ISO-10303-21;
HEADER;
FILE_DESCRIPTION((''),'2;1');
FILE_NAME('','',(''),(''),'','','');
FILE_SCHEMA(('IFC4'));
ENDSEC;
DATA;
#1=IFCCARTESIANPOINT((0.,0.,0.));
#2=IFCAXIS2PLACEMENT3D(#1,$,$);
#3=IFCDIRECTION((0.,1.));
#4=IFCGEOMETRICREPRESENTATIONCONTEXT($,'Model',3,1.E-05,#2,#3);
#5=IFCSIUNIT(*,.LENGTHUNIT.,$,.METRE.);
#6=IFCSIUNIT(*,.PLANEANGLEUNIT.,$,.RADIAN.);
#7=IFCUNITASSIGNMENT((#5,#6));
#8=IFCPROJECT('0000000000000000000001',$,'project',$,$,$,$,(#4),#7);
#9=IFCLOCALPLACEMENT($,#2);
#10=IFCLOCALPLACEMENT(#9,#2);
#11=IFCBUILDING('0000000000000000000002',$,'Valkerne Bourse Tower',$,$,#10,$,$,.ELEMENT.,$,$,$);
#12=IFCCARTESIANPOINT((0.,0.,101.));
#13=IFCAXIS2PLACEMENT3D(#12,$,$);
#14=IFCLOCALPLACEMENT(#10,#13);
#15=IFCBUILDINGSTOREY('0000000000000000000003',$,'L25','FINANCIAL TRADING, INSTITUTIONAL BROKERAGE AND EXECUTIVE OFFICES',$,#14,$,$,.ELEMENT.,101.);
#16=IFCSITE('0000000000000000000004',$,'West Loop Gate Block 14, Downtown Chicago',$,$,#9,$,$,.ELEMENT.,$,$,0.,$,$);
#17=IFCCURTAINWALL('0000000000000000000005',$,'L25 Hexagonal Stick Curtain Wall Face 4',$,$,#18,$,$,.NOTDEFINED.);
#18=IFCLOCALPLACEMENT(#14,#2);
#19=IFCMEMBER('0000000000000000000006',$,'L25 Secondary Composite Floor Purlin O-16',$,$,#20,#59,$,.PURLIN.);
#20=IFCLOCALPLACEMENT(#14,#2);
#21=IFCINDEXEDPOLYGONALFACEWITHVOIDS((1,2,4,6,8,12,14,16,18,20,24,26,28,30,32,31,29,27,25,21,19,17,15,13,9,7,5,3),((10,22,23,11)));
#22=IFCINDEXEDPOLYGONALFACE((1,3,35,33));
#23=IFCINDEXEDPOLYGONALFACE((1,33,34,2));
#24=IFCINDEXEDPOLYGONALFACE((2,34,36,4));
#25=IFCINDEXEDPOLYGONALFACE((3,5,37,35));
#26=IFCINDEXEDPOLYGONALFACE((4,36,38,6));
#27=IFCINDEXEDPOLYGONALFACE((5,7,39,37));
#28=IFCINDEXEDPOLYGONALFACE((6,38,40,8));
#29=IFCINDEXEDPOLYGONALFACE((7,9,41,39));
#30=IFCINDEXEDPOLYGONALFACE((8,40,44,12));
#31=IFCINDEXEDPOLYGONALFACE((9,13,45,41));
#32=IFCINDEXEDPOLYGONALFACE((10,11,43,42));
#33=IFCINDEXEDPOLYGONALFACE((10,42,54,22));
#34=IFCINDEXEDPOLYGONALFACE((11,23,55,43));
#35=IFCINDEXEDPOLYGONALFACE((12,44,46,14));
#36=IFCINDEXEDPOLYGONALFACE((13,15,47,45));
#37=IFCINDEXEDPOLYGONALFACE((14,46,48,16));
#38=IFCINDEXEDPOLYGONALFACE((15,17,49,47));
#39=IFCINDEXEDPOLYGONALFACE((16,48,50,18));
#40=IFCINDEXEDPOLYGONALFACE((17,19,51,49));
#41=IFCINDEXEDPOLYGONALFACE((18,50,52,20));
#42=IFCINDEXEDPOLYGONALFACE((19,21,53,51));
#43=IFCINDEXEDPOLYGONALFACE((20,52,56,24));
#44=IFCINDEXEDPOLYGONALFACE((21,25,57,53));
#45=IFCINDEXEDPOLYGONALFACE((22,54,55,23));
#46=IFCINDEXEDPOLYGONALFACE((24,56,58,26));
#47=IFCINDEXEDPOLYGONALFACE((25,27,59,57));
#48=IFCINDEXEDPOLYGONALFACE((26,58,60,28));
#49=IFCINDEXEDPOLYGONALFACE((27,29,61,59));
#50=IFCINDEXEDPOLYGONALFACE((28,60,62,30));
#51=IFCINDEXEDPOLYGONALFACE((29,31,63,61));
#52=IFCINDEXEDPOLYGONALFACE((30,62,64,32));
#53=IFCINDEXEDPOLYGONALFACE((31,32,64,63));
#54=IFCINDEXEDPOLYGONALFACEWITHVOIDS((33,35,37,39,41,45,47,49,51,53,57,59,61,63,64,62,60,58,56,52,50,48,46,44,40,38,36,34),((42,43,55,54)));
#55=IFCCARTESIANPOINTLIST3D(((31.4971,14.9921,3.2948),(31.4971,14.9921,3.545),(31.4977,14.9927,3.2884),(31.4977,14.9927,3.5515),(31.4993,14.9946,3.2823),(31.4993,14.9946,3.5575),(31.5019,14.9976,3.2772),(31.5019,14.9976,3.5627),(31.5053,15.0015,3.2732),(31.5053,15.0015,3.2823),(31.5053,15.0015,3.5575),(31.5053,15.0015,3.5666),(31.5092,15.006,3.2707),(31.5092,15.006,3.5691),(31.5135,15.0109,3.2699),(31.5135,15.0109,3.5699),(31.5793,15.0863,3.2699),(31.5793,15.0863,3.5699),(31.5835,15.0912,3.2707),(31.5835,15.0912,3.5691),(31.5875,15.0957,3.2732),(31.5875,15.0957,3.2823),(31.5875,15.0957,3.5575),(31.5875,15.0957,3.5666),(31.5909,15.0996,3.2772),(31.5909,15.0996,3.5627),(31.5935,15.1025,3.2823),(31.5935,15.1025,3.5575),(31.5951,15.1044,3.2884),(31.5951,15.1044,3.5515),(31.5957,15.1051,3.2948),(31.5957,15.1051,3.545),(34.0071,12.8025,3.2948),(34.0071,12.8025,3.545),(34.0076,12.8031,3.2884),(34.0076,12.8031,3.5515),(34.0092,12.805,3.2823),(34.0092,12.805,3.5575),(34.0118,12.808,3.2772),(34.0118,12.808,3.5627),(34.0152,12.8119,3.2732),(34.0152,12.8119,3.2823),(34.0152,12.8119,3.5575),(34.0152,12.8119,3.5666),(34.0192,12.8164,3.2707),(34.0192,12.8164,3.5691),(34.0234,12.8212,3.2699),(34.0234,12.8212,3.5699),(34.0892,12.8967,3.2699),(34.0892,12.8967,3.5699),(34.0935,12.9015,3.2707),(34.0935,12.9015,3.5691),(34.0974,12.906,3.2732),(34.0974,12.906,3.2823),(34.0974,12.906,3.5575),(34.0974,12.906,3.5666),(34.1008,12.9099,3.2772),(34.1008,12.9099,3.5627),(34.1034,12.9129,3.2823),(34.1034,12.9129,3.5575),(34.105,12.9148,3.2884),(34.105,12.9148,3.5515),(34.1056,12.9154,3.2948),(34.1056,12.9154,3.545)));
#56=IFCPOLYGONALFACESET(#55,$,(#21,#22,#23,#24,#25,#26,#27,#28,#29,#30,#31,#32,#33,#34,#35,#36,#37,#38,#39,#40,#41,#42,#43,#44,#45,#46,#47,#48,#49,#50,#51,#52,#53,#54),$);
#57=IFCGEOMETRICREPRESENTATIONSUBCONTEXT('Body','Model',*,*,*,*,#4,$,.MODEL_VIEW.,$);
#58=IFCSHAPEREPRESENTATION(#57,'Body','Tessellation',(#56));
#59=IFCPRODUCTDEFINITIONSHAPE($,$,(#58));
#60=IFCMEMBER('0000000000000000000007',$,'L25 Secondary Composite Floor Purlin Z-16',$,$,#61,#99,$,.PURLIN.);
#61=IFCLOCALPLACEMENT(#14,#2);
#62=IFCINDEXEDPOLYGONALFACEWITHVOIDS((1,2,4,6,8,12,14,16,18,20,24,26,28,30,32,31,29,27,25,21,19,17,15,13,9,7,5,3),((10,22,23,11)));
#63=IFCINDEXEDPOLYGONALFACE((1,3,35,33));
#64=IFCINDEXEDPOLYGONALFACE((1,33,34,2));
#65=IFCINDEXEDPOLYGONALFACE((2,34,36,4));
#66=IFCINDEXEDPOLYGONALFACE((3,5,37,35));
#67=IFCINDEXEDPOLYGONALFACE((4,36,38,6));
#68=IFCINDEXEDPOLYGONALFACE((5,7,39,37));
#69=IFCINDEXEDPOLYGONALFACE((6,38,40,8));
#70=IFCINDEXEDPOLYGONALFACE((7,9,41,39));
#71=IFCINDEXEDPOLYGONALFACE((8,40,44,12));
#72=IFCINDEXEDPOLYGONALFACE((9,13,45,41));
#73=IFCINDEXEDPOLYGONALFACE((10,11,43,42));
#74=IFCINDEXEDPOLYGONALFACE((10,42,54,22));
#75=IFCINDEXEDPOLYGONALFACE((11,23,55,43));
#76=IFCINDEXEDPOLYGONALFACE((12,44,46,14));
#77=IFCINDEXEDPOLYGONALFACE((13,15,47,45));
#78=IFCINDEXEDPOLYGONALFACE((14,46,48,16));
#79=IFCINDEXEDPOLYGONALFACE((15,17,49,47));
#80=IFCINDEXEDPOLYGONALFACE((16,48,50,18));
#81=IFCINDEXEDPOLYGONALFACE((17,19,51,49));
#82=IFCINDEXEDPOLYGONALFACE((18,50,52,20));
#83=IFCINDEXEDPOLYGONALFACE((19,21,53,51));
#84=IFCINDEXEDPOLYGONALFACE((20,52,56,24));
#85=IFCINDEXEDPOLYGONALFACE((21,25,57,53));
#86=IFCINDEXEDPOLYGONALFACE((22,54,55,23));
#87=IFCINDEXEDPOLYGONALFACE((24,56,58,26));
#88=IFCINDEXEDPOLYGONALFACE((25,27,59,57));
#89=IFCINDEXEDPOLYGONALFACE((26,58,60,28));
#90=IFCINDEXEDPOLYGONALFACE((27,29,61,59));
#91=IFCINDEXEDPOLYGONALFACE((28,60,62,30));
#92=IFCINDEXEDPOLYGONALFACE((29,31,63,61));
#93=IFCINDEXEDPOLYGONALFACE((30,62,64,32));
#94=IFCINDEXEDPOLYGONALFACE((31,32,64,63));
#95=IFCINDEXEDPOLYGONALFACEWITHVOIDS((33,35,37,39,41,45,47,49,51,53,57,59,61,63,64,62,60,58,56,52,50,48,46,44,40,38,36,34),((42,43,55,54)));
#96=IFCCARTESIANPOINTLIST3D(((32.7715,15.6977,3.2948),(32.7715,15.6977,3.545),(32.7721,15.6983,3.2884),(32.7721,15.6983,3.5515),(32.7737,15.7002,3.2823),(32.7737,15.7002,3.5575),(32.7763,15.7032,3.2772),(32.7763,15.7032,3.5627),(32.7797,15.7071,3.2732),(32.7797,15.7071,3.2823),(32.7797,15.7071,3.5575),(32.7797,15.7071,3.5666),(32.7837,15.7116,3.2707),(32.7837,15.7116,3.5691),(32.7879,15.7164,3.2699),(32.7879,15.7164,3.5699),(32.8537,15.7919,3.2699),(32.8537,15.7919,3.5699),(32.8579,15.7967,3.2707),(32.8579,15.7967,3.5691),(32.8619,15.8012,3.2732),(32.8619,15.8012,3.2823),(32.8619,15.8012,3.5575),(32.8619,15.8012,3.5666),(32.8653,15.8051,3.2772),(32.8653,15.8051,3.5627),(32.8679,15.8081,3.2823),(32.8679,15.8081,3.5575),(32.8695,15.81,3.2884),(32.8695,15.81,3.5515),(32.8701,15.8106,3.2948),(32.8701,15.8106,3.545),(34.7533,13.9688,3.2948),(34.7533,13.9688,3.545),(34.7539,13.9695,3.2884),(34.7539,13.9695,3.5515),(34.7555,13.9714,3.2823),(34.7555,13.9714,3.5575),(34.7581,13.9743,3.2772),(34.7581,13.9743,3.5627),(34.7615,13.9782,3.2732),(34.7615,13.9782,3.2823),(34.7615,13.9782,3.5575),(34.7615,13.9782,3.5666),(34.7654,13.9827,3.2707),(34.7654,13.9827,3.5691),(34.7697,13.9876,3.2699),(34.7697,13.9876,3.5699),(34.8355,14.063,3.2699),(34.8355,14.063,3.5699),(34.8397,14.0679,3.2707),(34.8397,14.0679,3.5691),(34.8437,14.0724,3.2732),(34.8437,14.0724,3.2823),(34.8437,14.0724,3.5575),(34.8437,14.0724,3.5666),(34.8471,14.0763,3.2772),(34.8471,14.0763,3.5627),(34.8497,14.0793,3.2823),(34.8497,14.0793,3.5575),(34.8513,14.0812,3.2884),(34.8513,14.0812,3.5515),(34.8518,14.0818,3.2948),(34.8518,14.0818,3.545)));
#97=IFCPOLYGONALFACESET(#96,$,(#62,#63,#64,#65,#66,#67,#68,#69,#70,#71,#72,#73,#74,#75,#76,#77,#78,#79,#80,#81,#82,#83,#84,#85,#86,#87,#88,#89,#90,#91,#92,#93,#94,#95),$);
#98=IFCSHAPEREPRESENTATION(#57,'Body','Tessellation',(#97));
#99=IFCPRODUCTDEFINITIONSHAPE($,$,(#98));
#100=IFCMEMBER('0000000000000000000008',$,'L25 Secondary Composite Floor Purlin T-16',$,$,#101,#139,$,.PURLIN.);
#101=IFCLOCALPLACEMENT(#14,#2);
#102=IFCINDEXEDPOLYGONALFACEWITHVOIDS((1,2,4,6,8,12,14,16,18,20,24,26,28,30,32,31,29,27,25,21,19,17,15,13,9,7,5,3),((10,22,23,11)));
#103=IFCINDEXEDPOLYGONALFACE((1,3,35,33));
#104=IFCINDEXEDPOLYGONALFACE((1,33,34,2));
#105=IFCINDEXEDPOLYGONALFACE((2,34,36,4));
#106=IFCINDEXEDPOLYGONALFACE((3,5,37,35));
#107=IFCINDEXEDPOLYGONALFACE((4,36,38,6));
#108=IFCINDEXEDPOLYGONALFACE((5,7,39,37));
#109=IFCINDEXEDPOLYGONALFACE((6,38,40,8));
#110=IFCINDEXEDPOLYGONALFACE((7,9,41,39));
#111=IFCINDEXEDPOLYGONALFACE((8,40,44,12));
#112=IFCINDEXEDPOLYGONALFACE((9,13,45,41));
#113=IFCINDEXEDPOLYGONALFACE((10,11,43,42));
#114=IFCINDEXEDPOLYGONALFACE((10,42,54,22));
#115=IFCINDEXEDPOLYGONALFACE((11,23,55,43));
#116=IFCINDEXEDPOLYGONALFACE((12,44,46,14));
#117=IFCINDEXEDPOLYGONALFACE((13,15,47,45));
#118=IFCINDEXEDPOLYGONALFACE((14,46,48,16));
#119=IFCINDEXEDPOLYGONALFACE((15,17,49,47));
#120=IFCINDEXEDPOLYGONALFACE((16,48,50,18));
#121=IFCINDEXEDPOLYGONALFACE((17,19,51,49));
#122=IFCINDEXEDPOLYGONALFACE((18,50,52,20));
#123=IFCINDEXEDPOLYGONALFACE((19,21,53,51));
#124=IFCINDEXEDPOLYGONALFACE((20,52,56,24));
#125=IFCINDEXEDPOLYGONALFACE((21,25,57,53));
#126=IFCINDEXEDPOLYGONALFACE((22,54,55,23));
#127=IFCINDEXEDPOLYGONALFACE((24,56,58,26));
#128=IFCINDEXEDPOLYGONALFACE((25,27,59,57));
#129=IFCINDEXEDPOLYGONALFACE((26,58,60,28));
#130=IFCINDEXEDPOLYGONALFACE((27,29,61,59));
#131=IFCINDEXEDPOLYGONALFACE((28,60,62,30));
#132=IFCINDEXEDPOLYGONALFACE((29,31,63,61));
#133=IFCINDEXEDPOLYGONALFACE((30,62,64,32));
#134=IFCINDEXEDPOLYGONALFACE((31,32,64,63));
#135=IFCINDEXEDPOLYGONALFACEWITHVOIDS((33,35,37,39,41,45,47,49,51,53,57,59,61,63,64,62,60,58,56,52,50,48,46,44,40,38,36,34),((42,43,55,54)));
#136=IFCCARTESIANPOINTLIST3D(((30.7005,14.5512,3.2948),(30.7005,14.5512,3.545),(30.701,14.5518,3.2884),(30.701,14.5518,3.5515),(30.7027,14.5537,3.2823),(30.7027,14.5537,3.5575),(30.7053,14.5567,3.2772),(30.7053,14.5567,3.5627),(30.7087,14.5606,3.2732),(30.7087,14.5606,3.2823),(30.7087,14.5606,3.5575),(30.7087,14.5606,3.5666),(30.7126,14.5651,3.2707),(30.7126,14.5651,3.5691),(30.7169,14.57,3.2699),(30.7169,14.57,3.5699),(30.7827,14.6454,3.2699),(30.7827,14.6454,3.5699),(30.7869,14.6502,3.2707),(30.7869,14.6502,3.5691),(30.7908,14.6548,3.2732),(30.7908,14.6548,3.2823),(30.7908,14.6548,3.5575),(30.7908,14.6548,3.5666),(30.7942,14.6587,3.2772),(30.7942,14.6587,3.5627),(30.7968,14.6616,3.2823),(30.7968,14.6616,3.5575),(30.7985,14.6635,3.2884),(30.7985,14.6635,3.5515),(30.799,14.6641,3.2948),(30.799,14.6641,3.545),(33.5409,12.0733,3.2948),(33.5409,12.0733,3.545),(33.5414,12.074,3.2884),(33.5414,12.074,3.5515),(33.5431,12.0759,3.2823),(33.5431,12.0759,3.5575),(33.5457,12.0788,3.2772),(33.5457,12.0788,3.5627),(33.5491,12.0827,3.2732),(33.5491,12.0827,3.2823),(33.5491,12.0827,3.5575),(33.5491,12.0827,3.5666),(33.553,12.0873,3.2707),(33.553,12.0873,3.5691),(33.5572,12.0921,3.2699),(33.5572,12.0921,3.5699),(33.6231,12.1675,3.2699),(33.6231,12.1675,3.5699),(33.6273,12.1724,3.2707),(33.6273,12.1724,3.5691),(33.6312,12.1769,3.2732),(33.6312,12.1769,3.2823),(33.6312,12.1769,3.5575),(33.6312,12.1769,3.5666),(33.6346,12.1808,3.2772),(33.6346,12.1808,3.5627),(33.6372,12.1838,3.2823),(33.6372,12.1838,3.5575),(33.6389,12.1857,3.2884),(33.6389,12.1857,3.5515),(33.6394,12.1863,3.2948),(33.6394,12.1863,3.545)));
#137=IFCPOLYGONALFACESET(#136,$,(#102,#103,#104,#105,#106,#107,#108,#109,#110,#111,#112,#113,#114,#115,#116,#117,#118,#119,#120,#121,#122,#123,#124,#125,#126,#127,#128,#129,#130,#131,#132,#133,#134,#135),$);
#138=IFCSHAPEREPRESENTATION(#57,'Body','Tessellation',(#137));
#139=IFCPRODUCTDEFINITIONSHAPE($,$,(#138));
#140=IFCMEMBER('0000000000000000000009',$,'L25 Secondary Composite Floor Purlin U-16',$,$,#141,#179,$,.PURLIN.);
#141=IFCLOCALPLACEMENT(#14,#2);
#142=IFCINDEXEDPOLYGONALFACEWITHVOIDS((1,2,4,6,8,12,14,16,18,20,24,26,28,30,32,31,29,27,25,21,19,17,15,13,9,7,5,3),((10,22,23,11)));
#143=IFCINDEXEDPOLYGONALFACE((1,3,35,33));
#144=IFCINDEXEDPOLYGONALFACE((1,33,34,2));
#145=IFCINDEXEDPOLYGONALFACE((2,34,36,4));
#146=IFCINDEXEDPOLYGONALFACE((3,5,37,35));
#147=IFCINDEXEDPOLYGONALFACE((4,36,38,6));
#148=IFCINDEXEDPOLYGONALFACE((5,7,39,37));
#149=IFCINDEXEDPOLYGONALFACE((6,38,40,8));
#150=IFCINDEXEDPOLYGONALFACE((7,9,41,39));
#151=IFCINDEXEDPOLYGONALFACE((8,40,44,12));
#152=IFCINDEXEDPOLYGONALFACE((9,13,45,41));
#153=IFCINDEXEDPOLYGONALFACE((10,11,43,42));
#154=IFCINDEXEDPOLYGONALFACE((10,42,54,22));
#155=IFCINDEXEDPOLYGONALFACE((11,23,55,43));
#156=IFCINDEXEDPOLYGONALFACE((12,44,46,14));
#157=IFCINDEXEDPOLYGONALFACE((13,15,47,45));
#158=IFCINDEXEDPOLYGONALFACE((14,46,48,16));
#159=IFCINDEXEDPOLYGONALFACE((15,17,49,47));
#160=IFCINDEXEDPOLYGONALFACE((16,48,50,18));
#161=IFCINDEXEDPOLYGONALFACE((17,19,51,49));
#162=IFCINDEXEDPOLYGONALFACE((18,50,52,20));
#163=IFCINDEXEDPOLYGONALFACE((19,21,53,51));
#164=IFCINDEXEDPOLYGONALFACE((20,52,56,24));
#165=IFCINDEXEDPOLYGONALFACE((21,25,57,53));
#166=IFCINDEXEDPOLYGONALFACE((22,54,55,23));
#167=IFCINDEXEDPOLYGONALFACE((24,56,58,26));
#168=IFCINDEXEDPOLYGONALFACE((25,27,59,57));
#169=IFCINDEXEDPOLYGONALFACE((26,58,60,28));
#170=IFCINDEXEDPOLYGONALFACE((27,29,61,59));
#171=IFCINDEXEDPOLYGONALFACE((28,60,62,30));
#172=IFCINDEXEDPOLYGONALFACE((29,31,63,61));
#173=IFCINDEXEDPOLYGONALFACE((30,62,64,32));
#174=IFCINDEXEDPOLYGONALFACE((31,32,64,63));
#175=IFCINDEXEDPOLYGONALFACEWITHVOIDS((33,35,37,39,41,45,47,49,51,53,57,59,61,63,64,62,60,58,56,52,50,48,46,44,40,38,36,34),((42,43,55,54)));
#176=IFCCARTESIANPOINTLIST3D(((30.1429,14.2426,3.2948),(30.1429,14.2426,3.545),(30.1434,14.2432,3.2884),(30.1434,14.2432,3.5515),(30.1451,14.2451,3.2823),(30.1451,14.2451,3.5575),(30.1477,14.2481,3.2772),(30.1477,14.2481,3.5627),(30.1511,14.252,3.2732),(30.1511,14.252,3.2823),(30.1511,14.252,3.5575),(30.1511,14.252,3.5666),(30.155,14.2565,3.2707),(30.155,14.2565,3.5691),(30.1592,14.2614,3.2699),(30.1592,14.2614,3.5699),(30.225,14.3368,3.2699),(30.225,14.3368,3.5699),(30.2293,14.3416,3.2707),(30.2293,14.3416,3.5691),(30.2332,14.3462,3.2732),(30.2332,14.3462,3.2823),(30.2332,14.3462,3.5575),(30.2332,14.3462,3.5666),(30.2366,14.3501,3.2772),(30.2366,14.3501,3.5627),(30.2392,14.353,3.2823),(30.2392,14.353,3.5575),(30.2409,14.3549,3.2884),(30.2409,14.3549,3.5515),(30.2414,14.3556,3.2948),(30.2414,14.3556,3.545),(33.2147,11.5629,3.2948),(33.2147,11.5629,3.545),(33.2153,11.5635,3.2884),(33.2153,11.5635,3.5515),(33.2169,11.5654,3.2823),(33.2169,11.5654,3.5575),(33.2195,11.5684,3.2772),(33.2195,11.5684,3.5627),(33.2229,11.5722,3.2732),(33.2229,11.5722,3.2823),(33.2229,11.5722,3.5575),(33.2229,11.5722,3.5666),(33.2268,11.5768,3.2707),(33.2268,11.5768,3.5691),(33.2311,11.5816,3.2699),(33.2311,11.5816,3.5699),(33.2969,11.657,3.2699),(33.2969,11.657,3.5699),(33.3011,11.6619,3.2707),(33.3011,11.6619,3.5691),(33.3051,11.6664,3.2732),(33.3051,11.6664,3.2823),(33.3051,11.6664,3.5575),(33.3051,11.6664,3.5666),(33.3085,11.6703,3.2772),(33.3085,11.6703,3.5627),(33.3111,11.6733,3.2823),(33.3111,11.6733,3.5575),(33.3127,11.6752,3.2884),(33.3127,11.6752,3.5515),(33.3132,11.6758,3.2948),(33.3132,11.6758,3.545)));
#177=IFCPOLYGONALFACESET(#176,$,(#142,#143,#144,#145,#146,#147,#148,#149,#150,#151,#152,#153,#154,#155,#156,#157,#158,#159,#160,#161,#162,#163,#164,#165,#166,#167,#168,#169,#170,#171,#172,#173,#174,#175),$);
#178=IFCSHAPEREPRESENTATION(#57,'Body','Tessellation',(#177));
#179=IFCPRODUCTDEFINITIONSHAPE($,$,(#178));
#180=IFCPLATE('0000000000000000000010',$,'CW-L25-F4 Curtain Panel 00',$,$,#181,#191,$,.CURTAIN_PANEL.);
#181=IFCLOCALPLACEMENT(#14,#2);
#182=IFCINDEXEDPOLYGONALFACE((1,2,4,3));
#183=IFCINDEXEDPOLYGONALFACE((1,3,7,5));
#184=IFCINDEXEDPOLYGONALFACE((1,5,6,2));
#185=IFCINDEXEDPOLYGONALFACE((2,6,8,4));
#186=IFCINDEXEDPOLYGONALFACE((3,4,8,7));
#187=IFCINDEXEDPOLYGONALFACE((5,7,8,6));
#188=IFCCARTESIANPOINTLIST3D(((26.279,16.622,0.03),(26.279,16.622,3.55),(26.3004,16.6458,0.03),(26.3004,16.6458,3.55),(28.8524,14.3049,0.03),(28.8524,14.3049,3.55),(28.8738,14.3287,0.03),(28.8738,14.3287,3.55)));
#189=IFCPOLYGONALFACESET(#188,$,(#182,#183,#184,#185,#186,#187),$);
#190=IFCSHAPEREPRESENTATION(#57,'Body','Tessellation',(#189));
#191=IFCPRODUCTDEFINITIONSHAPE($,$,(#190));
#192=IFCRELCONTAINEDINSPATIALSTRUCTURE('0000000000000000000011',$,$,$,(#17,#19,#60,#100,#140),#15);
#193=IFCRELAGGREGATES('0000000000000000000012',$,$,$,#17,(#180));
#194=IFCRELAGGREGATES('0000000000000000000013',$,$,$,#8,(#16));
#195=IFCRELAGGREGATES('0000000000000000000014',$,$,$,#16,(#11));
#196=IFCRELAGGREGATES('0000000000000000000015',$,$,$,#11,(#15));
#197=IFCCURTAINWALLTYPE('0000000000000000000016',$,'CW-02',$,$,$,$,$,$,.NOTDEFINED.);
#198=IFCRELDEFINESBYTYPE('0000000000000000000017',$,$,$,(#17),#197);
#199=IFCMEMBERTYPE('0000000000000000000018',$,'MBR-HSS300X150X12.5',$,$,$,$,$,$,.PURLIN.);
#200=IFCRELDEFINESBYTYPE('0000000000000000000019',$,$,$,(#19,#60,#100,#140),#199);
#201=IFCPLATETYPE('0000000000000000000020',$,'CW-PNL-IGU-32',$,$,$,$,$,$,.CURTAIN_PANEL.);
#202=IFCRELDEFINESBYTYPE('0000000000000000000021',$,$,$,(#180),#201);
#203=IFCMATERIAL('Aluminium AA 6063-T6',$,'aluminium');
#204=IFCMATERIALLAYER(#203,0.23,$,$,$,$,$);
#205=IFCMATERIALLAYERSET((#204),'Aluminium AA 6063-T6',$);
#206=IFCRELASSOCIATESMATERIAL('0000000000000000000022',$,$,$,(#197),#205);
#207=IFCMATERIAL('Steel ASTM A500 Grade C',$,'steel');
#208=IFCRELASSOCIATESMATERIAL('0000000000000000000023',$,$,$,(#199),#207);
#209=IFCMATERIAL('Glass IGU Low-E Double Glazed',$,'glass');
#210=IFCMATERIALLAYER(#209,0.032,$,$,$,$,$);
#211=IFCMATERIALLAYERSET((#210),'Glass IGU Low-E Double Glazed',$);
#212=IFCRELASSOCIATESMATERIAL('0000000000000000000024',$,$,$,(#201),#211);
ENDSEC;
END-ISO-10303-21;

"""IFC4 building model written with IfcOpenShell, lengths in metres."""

from ifc_helpers import new_model, si_unit, direction, frame, origin, origin_2d, place, context, subcontext, project, spatial, rectangle, hollow_rectangle, extrude, material, layer, layer_set, material_profile, profile_set, type_object, element, aggregate, save


model = new_model("IFC4")

# Units and contexts
model_context = context("Model", 3, precision=1e-05, world=origin(), true_north=direction((0.0, 1.0)))
body_context = subcontext(model_context, "Body", "Model", "MODEL_VIEW")
ifc_project = project(units=[si_unit("LENGTHUNIT", "METRE"), si_unit("PLANEANGLEUNIT", "RADIAN")], contexts=[model_context])

# Site, building, storey
site_placement = place(None, origin())
site = spatial("IfcSite", under=ifc_project, at=site_placement, Name="West Loop Gate Block 14, Downtown Chicago", CompositionType="ELEMENT", RefElevation=0.0)
building_placement = place(site_placement, origin())
building = spatial("IfcBuilding", under=site, at=building_placement, Name="Valkerne Bourse Tower", CompositionType="ELEMENT")
storey_placement = place(building_placement, frame((0.0, 0.0, 101.0)))
storey = spatial("IfcBuildingStorey", under=building, at=storey_placement, Name="L25", Description="FINANCIAL TRADING, INSTITUTIONAL BROKERAGE AND EXECUTIVE OFFICES", CompositionType="ELEMENT", Elevation=101.0)

# Curtain wall
ifc_material_1 = material(Name="Aluminium AA 6063-T6", Category="aluminium")
ifc_layer_1 = layer(ifc_material_1, 0.23)
ifc_layer_set_1 = layer_set([ifc_layer_1], Name="Aluminium AA 6063-T6")
curtain_wall_type = type_object("IfcCurtainWallType", Name="CW-02", PredefinedType="NOTDEFINED", material=ifc_layer_set_1)
curtain_wall_placement = place(storey_placement, origin())
curtain_wall = element("IfcCurtainWall", 1, at=curtain_wall_placement, inside=storey, type_object=curtain_wall_type, Name="L25 Hexagonal Stick Curtain Wall Face 4", PredefinedType="NOTDEFINED")

# Members
ifc_material_2 = material(Name="Steel ASTM A500 Grade C", Category="steel")
ifc_material_profile_1 = material_profile(ifc_material_2, hollow_rectangle(XDim=0.1499, YDim=0.3, WallThickness=0.0125, OuterFilletRadius=0.0249, at=origin_2d()), Name="HSS300X150X12.5")
ifc_profile_set_1 = profile_set([ifc_material_profile_1], Name="Steel ASTM A500 Grade C")
member_type_1 = type_object("IfcMemberType", Name="MBR-HSS300X150X12.5", PredefinedType="PURLIN", material=ifc_profile_set_1)
member_1_placement = place(storey_placement, frame((31.5464, 15.0486, 3.4199), z_axis=(0.753552, -0.657388, 0.0), x_axis=(0.657388, 0.753552, 0.0)))
element("IfcMember", 2, at=member_1_placement, inside=storey, type_object=member_type_1, Name="L25 Secondary Composite Floor Purlin O-16", PredefinedType="PURLIN", context=body_context, shape_type="SweptSolid", body=[
    extrude(hollow_rectangle(XDim=0.1499, YDim=0.3, WallThickness=0.0125, OuterFilletRadius=0.0249, at=origin_2d()), origin(), (0.0, 0.0, 1.0), 3.3308),
])
member_2_placement = place(storey_placement, frame((32.8208, 15.7542, 3.4199), z_axis=(0.753559, -0.65738, 0.0), x_axis=(0.65738, 0.753559, 0.0)))
element("IfcMember", 3, at=member_2_placement, inside=storey, type_object=member_type_1, Name="L25 Secondary Composite Floor Purlin Z-16", PredefinedType="PURLIN", context=body_context, shape_type="SweptSolid", body=[
    extrude(hollow_rectangle(XDim=0.1499, YDim=0.3, WallThickness=0.0125, OuterFilletRadius=0.0249, at=origin_2d()), origin(), (0.0, 0.0, 1.0), 2.6299),
])
member_3_placement = place(storey_placement, frame((30.7498, 14.6077, 3.4199), z_axis=(0.753563, -0.657376, 0.0), x_axis=(0.657376, 0.753563, 0.0)))
element("IfcMember", 4, at=member_3_placement, inside=storey, type_object=member_type_1, Name="L25 Secondary Composite Floor Purlin T-16", PredefinedType="PURLIN", context=body_context, shape_type="SweptSolid", body=[
    extrude(hollow_rectangle(XDim=0.1499, YDim=0.3, WallThickness=0.0125, OuterFilletRadius=0.0249, at=origin_2d()), origin(), (0.0, 0.0, 1.0), 3.7693),
])
member_4_placement = place(storey_placement, frame((30.1921, 14.2991, 3.4199), z_axis=(0.753563, -0.657376, 0.0), x_axis=(0.657376, 0.753563, 0.0)))
element("IfcMember", 5, at=member_4_placement, inside=storey, type_object=member_type_1, Name="L25 Secondary Composite Floor Purlin U-16", PredefinedType="PURLIN", context=body_context, shape_type="SweptSolid", body=[
    extrude(hollow_rectangle(XDim=0.1499, YDim=0.3, WallThickness=0.0125, OuterFilletRadius=0.0249, at=origin_2d()), origin(), (0.0, 0.0, 1.0), 4.0764),
])

# Plate
ifc_material_3 = material(Name="Glass IGU Low-E Double Glazed", Category="glass")
ifc_layer_2 = layer(ifc_material_3, 0.032)
ifc_layer_set_2 = layer_set([ifc_layer_2], Name="Glass IGU Low-E Double Glazed")
plate_type = type_object("IfcPlateType", Name="CW-PNL-IGU-32", PredefinedType="CURTAIN_PANEL", material=ifc_layer_set_2)
plate_1_placement = place(storey_placement, frame((27.5764, 15.4753, 0.03), z_axis=(0.0, 0.0, 1.0), x_axis=(0.743144, -0.669131, 0.0)))
plate_1 = element("IfcPlate", 6, at=plate_1_placement, type_object=plate_type, Name="CW-L25-F4 Curtain Panel 00", PredefinedType="CURTAIN_PANEL", context=body_context, shape_type="SweptSolid", body=[
    extrude(rectangle(XDim=3.4629, YDim=0.032, at=origin_2d()), origin(), (0.0, 0.0, 1.0), 3.52),
])
aggregate(curtain_wall, [plate_1])

save(model, "model.ifc")
